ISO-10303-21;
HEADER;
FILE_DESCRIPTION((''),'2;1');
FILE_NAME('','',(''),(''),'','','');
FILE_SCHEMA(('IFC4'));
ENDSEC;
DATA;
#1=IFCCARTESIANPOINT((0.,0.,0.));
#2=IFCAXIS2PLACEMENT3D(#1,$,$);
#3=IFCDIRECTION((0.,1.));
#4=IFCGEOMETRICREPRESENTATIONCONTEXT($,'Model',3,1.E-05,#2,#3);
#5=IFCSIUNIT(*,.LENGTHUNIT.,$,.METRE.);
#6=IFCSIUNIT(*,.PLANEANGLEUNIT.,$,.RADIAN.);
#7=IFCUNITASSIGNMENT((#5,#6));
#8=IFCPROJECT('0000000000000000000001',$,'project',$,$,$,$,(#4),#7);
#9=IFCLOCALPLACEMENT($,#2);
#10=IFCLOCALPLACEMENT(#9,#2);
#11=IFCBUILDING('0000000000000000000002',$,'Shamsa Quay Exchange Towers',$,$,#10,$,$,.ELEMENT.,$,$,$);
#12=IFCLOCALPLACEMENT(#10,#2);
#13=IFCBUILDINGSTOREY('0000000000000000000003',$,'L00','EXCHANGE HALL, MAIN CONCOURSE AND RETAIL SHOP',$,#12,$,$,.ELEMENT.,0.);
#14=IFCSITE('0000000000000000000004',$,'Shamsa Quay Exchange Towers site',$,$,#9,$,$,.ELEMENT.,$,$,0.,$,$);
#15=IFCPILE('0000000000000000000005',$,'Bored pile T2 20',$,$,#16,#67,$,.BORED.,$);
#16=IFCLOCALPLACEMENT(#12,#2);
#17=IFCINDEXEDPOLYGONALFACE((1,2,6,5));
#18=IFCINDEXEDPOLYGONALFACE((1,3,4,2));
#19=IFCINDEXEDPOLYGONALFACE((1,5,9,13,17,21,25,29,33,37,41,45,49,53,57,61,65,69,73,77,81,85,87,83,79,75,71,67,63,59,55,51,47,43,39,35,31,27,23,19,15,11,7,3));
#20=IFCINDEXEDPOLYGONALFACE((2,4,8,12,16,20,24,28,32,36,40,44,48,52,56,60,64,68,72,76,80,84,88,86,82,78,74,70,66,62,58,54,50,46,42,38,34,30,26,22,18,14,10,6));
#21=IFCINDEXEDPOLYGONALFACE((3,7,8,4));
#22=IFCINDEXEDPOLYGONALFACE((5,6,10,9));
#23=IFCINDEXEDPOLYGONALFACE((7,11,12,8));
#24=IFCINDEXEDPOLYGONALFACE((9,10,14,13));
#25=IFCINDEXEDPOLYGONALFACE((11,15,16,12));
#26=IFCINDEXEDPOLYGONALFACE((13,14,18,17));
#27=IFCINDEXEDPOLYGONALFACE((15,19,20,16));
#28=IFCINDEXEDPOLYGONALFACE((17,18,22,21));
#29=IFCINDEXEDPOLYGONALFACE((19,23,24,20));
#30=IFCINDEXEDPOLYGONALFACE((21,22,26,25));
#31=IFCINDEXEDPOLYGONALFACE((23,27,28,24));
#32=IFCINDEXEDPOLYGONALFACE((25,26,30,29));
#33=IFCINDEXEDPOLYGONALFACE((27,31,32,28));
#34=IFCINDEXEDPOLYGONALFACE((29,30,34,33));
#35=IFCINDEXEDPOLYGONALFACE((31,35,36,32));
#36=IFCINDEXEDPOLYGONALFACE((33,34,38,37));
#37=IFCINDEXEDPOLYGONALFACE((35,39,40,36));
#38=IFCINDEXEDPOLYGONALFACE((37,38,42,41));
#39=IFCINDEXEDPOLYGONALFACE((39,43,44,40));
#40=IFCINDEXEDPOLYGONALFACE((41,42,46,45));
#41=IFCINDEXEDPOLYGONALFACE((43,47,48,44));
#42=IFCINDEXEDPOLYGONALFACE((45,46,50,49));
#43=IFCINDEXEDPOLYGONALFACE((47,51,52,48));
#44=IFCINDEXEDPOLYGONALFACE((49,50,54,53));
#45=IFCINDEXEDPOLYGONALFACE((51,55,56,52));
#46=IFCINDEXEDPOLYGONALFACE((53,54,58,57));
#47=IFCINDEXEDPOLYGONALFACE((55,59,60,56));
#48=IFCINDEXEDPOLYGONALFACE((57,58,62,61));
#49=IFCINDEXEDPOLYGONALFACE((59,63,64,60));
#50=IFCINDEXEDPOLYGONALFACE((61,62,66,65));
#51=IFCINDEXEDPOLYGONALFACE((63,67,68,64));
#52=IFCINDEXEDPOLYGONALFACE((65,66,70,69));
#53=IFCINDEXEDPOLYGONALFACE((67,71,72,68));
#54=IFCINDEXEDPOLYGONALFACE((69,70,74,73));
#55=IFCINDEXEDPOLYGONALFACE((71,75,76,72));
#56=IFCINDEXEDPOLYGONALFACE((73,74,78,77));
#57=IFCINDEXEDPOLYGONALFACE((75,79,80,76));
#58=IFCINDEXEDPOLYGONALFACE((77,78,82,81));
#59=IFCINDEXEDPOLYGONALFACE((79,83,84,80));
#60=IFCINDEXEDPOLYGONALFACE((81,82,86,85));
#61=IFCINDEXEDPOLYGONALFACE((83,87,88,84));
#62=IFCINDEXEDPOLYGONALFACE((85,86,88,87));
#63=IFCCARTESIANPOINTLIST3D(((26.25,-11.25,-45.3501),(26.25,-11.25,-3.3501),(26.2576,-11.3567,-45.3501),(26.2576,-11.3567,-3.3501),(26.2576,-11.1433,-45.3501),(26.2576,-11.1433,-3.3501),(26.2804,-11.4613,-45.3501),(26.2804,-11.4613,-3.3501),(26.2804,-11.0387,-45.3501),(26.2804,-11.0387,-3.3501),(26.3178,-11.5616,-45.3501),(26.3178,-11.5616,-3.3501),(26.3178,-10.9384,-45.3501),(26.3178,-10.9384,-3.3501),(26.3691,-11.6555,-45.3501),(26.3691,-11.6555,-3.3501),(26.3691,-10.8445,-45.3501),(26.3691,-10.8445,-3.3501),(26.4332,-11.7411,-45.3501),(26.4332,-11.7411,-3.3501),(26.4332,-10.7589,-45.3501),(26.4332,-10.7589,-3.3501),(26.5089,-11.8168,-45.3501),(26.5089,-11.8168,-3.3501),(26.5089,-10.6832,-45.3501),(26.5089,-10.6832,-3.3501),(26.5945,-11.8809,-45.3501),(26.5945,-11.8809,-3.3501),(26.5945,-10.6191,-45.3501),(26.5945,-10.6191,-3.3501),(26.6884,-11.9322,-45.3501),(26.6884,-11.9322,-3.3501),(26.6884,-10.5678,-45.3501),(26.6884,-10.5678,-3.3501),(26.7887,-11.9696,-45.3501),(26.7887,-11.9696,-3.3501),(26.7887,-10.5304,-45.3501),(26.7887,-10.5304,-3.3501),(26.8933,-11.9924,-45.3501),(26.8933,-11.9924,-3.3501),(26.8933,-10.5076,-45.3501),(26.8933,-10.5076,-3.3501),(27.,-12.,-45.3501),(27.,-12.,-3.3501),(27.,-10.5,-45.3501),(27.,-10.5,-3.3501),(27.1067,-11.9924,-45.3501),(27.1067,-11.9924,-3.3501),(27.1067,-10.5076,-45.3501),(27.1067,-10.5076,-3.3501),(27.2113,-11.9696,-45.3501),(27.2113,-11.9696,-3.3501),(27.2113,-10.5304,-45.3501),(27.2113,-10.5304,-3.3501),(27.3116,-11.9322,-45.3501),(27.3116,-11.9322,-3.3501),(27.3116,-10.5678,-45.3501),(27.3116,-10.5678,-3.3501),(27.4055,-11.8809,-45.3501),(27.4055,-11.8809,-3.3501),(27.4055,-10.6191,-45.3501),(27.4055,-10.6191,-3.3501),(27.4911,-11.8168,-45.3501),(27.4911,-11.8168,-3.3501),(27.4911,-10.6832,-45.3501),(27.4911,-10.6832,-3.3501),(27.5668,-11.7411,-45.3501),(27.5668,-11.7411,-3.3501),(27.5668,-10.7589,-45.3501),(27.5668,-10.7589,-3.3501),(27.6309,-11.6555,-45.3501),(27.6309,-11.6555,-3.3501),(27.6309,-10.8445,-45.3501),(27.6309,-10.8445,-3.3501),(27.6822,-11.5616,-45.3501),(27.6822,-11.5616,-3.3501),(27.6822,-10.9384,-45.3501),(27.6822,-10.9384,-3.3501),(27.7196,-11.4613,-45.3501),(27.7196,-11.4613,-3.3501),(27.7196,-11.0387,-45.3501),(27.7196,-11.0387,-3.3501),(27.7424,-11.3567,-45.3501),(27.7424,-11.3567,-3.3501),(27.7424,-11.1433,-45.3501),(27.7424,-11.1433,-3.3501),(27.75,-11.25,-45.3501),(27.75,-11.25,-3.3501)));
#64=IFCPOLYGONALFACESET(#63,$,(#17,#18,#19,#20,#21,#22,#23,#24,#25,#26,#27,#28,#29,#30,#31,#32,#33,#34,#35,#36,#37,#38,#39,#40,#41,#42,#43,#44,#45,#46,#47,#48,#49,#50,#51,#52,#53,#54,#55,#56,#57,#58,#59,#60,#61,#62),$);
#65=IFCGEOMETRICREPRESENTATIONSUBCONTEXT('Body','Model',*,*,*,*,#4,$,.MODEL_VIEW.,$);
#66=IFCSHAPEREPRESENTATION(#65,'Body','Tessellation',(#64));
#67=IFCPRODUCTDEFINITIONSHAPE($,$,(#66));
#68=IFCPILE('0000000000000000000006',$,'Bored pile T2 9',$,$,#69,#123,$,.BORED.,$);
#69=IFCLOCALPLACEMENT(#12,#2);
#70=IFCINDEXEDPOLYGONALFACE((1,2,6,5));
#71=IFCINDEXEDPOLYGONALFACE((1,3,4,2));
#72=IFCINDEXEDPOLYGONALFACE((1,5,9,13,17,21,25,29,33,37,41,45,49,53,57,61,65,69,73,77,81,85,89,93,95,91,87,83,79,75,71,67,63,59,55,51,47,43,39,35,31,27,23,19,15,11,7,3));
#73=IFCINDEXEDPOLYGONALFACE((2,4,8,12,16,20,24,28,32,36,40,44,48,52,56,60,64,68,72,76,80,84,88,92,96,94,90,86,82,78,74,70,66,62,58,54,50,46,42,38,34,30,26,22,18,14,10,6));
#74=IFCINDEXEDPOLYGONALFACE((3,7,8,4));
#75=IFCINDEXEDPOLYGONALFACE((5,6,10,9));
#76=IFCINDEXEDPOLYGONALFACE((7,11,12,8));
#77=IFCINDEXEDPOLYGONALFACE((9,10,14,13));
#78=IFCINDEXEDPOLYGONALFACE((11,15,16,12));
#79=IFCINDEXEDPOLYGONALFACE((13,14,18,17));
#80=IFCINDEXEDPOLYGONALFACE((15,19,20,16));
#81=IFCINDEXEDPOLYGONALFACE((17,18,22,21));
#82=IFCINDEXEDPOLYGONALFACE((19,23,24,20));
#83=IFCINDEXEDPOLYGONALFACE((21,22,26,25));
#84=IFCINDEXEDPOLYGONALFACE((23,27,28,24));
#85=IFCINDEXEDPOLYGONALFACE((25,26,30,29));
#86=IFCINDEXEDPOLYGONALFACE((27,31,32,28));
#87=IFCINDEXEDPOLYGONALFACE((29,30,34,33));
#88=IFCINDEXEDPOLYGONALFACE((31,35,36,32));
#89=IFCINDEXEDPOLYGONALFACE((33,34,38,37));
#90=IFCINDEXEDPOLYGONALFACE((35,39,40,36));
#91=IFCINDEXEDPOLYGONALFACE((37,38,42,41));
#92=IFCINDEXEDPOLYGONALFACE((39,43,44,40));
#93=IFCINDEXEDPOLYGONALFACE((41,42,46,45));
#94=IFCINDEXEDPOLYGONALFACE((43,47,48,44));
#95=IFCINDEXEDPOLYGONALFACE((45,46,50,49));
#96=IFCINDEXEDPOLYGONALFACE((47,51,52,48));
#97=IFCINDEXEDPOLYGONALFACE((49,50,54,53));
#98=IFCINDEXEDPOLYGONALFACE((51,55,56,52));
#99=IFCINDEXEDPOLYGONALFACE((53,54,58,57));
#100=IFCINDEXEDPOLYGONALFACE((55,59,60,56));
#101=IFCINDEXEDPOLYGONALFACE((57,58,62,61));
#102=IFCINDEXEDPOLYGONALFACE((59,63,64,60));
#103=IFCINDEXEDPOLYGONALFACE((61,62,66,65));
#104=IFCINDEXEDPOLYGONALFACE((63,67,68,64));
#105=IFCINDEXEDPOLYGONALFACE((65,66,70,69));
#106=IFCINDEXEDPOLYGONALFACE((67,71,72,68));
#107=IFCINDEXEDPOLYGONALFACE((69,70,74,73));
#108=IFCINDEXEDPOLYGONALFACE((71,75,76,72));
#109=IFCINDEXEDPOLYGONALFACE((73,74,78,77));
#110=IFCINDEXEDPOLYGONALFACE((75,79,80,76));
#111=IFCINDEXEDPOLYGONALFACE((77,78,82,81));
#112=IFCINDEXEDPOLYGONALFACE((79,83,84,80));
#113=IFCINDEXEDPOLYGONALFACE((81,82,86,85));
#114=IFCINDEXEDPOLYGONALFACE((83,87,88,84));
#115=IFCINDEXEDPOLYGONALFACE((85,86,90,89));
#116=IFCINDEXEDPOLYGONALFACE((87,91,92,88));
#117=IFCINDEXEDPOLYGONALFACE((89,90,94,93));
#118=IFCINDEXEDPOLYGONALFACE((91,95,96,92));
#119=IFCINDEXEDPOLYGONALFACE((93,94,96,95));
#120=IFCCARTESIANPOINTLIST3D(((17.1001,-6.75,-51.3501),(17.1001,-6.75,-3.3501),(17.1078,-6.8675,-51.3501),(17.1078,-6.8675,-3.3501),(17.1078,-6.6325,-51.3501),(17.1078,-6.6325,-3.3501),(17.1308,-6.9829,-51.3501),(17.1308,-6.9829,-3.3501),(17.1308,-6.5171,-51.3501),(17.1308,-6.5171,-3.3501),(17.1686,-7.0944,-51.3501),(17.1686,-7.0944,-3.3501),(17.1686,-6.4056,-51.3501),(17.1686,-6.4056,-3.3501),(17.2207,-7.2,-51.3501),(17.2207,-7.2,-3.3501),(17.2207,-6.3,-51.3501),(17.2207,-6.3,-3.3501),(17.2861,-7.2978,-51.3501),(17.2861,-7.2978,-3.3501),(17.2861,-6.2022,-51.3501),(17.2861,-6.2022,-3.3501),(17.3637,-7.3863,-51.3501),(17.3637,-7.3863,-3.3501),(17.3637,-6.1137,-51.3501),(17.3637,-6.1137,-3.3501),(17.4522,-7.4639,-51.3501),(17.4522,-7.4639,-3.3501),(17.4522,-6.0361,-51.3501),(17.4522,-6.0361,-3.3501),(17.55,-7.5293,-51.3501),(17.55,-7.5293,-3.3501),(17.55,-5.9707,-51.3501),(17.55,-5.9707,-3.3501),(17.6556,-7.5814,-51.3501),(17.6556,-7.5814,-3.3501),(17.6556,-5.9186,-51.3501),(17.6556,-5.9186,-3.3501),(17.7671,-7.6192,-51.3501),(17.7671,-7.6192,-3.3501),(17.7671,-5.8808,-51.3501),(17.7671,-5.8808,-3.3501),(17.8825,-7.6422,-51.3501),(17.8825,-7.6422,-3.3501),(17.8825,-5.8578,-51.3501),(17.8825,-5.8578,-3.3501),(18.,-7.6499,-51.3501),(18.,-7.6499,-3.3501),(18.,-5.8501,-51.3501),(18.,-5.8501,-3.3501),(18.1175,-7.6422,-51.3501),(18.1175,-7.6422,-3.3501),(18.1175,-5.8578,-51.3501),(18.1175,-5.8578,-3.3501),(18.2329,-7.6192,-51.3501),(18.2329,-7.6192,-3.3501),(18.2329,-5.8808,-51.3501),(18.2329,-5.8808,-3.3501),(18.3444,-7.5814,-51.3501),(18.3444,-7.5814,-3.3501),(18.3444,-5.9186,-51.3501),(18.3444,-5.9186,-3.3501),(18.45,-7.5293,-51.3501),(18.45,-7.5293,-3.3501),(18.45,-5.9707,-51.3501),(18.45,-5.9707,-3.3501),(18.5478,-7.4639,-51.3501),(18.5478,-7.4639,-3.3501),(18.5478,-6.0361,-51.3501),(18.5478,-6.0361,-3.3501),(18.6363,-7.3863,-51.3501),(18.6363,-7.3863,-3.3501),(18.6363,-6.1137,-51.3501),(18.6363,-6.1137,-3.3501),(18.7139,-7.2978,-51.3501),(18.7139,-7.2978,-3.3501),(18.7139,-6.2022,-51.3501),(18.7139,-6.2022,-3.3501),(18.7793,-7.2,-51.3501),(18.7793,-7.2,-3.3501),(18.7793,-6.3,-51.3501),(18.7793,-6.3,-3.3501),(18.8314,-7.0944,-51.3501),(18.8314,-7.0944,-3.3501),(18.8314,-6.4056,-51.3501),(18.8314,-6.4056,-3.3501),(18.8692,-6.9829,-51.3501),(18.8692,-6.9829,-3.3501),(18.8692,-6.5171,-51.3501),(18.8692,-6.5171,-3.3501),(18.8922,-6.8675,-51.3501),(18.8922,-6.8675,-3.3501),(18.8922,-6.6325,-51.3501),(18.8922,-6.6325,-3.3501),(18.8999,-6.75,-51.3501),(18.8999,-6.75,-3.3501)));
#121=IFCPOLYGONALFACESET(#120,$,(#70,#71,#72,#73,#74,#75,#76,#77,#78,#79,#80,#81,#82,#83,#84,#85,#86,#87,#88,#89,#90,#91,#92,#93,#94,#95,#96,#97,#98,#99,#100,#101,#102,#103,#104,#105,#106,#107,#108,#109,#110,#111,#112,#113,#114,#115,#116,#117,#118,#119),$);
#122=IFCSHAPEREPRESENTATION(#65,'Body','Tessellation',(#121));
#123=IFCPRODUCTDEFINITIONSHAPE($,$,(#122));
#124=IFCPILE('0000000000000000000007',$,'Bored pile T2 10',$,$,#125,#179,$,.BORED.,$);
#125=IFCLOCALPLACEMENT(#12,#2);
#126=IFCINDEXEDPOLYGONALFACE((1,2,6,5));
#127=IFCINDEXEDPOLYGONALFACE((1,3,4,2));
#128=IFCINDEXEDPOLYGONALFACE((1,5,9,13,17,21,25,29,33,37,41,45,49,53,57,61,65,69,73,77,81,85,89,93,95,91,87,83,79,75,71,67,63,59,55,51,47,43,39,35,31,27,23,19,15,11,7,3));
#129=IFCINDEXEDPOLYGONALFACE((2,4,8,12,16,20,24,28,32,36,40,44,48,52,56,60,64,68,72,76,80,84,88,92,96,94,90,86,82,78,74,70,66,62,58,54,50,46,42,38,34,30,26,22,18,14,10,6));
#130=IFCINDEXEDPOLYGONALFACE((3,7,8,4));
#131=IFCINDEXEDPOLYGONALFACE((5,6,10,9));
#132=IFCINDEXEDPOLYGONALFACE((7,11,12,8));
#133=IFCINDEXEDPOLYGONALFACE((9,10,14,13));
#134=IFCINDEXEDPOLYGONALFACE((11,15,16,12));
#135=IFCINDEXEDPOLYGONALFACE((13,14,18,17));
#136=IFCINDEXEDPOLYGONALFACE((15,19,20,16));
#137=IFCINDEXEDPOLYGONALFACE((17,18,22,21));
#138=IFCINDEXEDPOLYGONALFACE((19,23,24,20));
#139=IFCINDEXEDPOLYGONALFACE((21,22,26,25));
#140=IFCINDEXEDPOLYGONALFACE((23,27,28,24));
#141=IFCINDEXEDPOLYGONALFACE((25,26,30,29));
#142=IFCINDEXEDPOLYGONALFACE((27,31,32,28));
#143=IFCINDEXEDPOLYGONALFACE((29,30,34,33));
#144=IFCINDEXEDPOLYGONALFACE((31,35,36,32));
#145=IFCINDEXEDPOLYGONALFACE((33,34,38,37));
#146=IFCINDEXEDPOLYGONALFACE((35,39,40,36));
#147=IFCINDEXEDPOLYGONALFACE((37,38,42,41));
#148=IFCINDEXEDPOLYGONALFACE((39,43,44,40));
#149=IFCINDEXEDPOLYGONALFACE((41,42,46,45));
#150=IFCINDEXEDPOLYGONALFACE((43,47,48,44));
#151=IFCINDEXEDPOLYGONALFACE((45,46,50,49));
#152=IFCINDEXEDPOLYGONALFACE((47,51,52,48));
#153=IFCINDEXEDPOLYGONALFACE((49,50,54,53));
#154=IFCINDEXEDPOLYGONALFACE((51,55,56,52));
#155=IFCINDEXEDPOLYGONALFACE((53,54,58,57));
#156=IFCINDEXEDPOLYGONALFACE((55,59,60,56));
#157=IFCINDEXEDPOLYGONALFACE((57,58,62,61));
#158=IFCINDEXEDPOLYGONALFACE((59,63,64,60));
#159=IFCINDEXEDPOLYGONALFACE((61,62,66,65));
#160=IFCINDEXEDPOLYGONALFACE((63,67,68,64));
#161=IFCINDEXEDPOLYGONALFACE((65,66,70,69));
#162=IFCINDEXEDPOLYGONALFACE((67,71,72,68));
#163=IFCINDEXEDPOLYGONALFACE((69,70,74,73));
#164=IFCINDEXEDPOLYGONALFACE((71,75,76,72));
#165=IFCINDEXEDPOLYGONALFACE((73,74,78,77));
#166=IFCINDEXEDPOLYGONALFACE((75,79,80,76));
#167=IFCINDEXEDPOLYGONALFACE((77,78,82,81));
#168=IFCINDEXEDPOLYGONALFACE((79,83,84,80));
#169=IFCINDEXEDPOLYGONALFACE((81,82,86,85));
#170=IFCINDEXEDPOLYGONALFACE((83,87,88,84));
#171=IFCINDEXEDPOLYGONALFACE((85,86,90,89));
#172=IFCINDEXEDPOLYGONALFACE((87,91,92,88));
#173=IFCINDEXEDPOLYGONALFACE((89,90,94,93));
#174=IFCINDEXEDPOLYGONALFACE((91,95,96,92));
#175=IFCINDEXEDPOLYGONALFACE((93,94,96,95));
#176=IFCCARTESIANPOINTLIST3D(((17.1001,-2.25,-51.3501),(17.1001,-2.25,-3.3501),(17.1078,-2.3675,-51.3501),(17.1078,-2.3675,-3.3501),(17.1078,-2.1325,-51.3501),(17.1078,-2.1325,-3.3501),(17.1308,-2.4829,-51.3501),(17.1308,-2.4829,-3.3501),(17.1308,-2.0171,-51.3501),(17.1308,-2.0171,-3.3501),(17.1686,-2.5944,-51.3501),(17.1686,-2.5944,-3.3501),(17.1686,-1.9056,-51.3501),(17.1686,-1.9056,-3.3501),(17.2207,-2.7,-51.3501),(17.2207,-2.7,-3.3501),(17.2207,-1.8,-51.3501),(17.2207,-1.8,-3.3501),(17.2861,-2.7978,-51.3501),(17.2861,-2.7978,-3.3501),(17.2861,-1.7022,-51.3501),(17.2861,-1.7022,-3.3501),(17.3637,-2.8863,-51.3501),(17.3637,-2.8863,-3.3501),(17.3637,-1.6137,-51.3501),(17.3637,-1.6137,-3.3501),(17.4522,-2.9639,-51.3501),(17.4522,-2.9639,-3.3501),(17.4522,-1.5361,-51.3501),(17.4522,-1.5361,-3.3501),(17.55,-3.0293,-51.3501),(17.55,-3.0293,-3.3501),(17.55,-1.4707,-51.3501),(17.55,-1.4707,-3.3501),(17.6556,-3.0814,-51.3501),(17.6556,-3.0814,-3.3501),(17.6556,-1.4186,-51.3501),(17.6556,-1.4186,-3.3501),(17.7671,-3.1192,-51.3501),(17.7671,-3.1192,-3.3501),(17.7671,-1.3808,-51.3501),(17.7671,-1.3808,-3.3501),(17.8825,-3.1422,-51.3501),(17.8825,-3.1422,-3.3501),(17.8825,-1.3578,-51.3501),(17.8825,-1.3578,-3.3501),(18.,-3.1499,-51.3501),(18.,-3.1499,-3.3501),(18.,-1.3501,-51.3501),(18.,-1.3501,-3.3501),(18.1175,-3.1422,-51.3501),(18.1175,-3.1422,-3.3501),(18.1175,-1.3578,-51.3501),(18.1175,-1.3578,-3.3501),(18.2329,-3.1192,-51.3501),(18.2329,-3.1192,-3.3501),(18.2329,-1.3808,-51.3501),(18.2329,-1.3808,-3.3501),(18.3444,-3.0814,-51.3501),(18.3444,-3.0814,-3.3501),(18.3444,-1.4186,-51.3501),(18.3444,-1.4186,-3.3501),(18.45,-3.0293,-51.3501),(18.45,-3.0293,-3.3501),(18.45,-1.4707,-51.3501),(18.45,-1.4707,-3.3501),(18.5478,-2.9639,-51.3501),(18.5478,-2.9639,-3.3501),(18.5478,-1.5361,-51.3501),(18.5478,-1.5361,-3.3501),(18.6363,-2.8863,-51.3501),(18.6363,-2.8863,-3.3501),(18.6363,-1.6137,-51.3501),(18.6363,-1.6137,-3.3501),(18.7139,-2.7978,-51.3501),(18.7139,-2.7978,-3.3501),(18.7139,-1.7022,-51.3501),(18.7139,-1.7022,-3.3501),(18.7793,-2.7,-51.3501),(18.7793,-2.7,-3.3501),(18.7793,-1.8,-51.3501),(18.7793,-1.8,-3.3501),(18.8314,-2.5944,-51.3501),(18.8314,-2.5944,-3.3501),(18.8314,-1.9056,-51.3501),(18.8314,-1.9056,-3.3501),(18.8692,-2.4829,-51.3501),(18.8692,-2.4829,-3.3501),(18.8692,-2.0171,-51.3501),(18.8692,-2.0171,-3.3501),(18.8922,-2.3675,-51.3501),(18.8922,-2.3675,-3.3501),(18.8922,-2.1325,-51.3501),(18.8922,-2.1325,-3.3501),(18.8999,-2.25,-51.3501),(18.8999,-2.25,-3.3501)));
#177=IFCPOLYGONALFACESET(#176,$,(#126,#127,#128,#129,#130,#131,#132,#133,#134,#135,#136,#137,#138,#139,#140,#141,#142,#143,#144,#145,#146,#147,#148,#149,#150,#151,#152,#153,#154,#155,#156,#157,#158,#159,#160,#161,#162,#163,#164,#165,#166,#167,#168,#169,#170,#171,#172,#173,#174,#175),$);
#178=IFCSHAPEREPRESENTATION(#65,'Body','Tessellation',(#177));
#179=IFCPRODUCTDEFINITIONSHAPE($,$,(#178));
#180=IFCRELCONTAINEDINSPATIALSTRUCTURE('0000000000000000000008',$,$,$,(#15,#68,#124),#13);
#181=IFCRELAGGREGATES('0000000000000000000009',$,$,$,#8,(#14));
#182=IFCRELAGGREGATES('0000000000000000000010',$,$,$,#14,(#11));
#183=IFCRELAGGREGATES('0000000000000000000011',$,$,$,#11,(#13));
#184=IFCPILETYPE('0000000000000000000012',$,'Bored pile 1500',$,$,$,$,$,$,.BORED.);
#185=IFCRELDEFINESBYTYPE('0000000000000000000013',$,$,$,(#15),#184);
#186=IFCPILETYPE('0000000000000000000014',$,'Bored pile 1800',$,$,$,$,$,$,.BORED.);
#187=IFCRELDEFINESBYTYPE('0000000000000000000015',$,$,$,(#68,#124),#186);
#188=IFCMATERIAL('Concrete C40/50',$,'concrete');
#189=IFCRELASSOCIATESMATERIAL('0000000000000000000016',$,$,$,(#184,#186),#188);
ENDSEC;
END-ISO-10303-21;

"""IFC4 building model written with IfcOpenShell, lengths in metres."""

from ifc_helpers import new_model, si_unit, direction, frame, origin, origin_2d, place, context, subcontext, project, spatial, circle, extrude, material, material_profile, profile_set, type_object, element, save


model = new_model("IFC4")

# Units and contexts
model_context = context("Model", 3, precision=1e-05, world=origin(), true_north=direction((0.0, 1.0)))
body_context = subcontext(model_context, "Body", "Model", "MODEL_VIEW")
ifc_project = project(units=[si_unit("LENGTHUNIT", "METRE"), si_unit("PLANEANGLEUNIT", "RADIAN")], contexts=[model_context])

# Site, building, storey
site_placement = place(None, origin())
site = spatial("IfcSite", under=ifc_project, at=site_placement, Name="Shamsa Quay Exchange Towers site", CompositionType="ELEMENT", RefElevation=0.0)
building_placement = place(site_placement, origin())
building = spatial("IfcBuilding", under=site, at=building_placement, Name="Shamsa Quay Exchange Towers", CompositionType="ELEMENT")
storey_placement = place(building_placement, origin())
storey = spatial("IfcBuildingStorey", under=building, at=storey_placement, Name="L00", Description="EXCHANGE HALL, MAIN CONCOURSE AND RETAIL SHOP", CompositionType="ELEMENT", Elevation=0.0)

# Piles
ifc_material_1 = material(Name="Concrete C40/50", Category="concrete")
ifc_material_profile_1 = material_profile(ifc_material_1, circle(Radius=0.75, at=origin_2d()), Name="BP1500")
ifc_profile_set_1 = profile_set([ifc_material_profile_1], Name="Concrete C40/50")
pile_type_1 = type_object("IfcPileType", Name="Bored pile 1500", PredefinedType="BORED", material=ifc_profile_set_1)
for number, where, z_axis, x_axis, name in (
    (1, (27.0, -11.25, -3.3501), (0.0, 0.0, -1.0), (1.0, 0.0, 0.0), "Bored pile T2 20"),
):
    element("IfcPile", number, at=place(storey_placement, frame(where, z_axis=z_axis, x_axis=x_axis)), inside=storey, type_object=pile_type_1, Name=name, PredefinedType="BORED", context=body_context, shape_type="SweptSolid", body=[
        extrude(circle(Radius=0.75, at=origin_2d()), origin(), (0.0, 0.0, 1.0), 42.0),
    ])
ifc_material_profile_2 = material_profile(ifc_material_1, circle(Radius=0.8999, at=origin_2d()), Name="BP1800")
ifc_profile_set_2 = profile_set([ifc_material_profile_2], Name="Concrete C40/50")
pile_type_2 = type_object("IfcPileType", Name="Bored pile 1800", PredefinedType="BORED", material=ifc_profile_set_2)
for number, where, z_axis, x_axis, name in (
    (2, (18.0, -6.75, -3.3501), (0.0, 0.0, -1.0), (1.0, 0.0, 0.0), "Bored pile T2 9"),
    (3, (18.0, -2.25, -3.3501), (0.0, 0.0, -1.0), (1.0, 0.0, 0.0), "Bored pile T2 10"),
):
    element("IfcPile", number, at=place(storey_placement, frame(where, z_axis=z_axis, x_axis=x_axis)), inside=storey, type_object=pile_type_2, Name=name, PredefinedType="BORED", context=body_context, shape_type="SweptSolid", body=[
        extrude(circle(Radius=0.8999, at=origin_2d()), origin(), (0.0, 0.0, 1.0), 48.0),
    ])

save(model, "model.ifc")
